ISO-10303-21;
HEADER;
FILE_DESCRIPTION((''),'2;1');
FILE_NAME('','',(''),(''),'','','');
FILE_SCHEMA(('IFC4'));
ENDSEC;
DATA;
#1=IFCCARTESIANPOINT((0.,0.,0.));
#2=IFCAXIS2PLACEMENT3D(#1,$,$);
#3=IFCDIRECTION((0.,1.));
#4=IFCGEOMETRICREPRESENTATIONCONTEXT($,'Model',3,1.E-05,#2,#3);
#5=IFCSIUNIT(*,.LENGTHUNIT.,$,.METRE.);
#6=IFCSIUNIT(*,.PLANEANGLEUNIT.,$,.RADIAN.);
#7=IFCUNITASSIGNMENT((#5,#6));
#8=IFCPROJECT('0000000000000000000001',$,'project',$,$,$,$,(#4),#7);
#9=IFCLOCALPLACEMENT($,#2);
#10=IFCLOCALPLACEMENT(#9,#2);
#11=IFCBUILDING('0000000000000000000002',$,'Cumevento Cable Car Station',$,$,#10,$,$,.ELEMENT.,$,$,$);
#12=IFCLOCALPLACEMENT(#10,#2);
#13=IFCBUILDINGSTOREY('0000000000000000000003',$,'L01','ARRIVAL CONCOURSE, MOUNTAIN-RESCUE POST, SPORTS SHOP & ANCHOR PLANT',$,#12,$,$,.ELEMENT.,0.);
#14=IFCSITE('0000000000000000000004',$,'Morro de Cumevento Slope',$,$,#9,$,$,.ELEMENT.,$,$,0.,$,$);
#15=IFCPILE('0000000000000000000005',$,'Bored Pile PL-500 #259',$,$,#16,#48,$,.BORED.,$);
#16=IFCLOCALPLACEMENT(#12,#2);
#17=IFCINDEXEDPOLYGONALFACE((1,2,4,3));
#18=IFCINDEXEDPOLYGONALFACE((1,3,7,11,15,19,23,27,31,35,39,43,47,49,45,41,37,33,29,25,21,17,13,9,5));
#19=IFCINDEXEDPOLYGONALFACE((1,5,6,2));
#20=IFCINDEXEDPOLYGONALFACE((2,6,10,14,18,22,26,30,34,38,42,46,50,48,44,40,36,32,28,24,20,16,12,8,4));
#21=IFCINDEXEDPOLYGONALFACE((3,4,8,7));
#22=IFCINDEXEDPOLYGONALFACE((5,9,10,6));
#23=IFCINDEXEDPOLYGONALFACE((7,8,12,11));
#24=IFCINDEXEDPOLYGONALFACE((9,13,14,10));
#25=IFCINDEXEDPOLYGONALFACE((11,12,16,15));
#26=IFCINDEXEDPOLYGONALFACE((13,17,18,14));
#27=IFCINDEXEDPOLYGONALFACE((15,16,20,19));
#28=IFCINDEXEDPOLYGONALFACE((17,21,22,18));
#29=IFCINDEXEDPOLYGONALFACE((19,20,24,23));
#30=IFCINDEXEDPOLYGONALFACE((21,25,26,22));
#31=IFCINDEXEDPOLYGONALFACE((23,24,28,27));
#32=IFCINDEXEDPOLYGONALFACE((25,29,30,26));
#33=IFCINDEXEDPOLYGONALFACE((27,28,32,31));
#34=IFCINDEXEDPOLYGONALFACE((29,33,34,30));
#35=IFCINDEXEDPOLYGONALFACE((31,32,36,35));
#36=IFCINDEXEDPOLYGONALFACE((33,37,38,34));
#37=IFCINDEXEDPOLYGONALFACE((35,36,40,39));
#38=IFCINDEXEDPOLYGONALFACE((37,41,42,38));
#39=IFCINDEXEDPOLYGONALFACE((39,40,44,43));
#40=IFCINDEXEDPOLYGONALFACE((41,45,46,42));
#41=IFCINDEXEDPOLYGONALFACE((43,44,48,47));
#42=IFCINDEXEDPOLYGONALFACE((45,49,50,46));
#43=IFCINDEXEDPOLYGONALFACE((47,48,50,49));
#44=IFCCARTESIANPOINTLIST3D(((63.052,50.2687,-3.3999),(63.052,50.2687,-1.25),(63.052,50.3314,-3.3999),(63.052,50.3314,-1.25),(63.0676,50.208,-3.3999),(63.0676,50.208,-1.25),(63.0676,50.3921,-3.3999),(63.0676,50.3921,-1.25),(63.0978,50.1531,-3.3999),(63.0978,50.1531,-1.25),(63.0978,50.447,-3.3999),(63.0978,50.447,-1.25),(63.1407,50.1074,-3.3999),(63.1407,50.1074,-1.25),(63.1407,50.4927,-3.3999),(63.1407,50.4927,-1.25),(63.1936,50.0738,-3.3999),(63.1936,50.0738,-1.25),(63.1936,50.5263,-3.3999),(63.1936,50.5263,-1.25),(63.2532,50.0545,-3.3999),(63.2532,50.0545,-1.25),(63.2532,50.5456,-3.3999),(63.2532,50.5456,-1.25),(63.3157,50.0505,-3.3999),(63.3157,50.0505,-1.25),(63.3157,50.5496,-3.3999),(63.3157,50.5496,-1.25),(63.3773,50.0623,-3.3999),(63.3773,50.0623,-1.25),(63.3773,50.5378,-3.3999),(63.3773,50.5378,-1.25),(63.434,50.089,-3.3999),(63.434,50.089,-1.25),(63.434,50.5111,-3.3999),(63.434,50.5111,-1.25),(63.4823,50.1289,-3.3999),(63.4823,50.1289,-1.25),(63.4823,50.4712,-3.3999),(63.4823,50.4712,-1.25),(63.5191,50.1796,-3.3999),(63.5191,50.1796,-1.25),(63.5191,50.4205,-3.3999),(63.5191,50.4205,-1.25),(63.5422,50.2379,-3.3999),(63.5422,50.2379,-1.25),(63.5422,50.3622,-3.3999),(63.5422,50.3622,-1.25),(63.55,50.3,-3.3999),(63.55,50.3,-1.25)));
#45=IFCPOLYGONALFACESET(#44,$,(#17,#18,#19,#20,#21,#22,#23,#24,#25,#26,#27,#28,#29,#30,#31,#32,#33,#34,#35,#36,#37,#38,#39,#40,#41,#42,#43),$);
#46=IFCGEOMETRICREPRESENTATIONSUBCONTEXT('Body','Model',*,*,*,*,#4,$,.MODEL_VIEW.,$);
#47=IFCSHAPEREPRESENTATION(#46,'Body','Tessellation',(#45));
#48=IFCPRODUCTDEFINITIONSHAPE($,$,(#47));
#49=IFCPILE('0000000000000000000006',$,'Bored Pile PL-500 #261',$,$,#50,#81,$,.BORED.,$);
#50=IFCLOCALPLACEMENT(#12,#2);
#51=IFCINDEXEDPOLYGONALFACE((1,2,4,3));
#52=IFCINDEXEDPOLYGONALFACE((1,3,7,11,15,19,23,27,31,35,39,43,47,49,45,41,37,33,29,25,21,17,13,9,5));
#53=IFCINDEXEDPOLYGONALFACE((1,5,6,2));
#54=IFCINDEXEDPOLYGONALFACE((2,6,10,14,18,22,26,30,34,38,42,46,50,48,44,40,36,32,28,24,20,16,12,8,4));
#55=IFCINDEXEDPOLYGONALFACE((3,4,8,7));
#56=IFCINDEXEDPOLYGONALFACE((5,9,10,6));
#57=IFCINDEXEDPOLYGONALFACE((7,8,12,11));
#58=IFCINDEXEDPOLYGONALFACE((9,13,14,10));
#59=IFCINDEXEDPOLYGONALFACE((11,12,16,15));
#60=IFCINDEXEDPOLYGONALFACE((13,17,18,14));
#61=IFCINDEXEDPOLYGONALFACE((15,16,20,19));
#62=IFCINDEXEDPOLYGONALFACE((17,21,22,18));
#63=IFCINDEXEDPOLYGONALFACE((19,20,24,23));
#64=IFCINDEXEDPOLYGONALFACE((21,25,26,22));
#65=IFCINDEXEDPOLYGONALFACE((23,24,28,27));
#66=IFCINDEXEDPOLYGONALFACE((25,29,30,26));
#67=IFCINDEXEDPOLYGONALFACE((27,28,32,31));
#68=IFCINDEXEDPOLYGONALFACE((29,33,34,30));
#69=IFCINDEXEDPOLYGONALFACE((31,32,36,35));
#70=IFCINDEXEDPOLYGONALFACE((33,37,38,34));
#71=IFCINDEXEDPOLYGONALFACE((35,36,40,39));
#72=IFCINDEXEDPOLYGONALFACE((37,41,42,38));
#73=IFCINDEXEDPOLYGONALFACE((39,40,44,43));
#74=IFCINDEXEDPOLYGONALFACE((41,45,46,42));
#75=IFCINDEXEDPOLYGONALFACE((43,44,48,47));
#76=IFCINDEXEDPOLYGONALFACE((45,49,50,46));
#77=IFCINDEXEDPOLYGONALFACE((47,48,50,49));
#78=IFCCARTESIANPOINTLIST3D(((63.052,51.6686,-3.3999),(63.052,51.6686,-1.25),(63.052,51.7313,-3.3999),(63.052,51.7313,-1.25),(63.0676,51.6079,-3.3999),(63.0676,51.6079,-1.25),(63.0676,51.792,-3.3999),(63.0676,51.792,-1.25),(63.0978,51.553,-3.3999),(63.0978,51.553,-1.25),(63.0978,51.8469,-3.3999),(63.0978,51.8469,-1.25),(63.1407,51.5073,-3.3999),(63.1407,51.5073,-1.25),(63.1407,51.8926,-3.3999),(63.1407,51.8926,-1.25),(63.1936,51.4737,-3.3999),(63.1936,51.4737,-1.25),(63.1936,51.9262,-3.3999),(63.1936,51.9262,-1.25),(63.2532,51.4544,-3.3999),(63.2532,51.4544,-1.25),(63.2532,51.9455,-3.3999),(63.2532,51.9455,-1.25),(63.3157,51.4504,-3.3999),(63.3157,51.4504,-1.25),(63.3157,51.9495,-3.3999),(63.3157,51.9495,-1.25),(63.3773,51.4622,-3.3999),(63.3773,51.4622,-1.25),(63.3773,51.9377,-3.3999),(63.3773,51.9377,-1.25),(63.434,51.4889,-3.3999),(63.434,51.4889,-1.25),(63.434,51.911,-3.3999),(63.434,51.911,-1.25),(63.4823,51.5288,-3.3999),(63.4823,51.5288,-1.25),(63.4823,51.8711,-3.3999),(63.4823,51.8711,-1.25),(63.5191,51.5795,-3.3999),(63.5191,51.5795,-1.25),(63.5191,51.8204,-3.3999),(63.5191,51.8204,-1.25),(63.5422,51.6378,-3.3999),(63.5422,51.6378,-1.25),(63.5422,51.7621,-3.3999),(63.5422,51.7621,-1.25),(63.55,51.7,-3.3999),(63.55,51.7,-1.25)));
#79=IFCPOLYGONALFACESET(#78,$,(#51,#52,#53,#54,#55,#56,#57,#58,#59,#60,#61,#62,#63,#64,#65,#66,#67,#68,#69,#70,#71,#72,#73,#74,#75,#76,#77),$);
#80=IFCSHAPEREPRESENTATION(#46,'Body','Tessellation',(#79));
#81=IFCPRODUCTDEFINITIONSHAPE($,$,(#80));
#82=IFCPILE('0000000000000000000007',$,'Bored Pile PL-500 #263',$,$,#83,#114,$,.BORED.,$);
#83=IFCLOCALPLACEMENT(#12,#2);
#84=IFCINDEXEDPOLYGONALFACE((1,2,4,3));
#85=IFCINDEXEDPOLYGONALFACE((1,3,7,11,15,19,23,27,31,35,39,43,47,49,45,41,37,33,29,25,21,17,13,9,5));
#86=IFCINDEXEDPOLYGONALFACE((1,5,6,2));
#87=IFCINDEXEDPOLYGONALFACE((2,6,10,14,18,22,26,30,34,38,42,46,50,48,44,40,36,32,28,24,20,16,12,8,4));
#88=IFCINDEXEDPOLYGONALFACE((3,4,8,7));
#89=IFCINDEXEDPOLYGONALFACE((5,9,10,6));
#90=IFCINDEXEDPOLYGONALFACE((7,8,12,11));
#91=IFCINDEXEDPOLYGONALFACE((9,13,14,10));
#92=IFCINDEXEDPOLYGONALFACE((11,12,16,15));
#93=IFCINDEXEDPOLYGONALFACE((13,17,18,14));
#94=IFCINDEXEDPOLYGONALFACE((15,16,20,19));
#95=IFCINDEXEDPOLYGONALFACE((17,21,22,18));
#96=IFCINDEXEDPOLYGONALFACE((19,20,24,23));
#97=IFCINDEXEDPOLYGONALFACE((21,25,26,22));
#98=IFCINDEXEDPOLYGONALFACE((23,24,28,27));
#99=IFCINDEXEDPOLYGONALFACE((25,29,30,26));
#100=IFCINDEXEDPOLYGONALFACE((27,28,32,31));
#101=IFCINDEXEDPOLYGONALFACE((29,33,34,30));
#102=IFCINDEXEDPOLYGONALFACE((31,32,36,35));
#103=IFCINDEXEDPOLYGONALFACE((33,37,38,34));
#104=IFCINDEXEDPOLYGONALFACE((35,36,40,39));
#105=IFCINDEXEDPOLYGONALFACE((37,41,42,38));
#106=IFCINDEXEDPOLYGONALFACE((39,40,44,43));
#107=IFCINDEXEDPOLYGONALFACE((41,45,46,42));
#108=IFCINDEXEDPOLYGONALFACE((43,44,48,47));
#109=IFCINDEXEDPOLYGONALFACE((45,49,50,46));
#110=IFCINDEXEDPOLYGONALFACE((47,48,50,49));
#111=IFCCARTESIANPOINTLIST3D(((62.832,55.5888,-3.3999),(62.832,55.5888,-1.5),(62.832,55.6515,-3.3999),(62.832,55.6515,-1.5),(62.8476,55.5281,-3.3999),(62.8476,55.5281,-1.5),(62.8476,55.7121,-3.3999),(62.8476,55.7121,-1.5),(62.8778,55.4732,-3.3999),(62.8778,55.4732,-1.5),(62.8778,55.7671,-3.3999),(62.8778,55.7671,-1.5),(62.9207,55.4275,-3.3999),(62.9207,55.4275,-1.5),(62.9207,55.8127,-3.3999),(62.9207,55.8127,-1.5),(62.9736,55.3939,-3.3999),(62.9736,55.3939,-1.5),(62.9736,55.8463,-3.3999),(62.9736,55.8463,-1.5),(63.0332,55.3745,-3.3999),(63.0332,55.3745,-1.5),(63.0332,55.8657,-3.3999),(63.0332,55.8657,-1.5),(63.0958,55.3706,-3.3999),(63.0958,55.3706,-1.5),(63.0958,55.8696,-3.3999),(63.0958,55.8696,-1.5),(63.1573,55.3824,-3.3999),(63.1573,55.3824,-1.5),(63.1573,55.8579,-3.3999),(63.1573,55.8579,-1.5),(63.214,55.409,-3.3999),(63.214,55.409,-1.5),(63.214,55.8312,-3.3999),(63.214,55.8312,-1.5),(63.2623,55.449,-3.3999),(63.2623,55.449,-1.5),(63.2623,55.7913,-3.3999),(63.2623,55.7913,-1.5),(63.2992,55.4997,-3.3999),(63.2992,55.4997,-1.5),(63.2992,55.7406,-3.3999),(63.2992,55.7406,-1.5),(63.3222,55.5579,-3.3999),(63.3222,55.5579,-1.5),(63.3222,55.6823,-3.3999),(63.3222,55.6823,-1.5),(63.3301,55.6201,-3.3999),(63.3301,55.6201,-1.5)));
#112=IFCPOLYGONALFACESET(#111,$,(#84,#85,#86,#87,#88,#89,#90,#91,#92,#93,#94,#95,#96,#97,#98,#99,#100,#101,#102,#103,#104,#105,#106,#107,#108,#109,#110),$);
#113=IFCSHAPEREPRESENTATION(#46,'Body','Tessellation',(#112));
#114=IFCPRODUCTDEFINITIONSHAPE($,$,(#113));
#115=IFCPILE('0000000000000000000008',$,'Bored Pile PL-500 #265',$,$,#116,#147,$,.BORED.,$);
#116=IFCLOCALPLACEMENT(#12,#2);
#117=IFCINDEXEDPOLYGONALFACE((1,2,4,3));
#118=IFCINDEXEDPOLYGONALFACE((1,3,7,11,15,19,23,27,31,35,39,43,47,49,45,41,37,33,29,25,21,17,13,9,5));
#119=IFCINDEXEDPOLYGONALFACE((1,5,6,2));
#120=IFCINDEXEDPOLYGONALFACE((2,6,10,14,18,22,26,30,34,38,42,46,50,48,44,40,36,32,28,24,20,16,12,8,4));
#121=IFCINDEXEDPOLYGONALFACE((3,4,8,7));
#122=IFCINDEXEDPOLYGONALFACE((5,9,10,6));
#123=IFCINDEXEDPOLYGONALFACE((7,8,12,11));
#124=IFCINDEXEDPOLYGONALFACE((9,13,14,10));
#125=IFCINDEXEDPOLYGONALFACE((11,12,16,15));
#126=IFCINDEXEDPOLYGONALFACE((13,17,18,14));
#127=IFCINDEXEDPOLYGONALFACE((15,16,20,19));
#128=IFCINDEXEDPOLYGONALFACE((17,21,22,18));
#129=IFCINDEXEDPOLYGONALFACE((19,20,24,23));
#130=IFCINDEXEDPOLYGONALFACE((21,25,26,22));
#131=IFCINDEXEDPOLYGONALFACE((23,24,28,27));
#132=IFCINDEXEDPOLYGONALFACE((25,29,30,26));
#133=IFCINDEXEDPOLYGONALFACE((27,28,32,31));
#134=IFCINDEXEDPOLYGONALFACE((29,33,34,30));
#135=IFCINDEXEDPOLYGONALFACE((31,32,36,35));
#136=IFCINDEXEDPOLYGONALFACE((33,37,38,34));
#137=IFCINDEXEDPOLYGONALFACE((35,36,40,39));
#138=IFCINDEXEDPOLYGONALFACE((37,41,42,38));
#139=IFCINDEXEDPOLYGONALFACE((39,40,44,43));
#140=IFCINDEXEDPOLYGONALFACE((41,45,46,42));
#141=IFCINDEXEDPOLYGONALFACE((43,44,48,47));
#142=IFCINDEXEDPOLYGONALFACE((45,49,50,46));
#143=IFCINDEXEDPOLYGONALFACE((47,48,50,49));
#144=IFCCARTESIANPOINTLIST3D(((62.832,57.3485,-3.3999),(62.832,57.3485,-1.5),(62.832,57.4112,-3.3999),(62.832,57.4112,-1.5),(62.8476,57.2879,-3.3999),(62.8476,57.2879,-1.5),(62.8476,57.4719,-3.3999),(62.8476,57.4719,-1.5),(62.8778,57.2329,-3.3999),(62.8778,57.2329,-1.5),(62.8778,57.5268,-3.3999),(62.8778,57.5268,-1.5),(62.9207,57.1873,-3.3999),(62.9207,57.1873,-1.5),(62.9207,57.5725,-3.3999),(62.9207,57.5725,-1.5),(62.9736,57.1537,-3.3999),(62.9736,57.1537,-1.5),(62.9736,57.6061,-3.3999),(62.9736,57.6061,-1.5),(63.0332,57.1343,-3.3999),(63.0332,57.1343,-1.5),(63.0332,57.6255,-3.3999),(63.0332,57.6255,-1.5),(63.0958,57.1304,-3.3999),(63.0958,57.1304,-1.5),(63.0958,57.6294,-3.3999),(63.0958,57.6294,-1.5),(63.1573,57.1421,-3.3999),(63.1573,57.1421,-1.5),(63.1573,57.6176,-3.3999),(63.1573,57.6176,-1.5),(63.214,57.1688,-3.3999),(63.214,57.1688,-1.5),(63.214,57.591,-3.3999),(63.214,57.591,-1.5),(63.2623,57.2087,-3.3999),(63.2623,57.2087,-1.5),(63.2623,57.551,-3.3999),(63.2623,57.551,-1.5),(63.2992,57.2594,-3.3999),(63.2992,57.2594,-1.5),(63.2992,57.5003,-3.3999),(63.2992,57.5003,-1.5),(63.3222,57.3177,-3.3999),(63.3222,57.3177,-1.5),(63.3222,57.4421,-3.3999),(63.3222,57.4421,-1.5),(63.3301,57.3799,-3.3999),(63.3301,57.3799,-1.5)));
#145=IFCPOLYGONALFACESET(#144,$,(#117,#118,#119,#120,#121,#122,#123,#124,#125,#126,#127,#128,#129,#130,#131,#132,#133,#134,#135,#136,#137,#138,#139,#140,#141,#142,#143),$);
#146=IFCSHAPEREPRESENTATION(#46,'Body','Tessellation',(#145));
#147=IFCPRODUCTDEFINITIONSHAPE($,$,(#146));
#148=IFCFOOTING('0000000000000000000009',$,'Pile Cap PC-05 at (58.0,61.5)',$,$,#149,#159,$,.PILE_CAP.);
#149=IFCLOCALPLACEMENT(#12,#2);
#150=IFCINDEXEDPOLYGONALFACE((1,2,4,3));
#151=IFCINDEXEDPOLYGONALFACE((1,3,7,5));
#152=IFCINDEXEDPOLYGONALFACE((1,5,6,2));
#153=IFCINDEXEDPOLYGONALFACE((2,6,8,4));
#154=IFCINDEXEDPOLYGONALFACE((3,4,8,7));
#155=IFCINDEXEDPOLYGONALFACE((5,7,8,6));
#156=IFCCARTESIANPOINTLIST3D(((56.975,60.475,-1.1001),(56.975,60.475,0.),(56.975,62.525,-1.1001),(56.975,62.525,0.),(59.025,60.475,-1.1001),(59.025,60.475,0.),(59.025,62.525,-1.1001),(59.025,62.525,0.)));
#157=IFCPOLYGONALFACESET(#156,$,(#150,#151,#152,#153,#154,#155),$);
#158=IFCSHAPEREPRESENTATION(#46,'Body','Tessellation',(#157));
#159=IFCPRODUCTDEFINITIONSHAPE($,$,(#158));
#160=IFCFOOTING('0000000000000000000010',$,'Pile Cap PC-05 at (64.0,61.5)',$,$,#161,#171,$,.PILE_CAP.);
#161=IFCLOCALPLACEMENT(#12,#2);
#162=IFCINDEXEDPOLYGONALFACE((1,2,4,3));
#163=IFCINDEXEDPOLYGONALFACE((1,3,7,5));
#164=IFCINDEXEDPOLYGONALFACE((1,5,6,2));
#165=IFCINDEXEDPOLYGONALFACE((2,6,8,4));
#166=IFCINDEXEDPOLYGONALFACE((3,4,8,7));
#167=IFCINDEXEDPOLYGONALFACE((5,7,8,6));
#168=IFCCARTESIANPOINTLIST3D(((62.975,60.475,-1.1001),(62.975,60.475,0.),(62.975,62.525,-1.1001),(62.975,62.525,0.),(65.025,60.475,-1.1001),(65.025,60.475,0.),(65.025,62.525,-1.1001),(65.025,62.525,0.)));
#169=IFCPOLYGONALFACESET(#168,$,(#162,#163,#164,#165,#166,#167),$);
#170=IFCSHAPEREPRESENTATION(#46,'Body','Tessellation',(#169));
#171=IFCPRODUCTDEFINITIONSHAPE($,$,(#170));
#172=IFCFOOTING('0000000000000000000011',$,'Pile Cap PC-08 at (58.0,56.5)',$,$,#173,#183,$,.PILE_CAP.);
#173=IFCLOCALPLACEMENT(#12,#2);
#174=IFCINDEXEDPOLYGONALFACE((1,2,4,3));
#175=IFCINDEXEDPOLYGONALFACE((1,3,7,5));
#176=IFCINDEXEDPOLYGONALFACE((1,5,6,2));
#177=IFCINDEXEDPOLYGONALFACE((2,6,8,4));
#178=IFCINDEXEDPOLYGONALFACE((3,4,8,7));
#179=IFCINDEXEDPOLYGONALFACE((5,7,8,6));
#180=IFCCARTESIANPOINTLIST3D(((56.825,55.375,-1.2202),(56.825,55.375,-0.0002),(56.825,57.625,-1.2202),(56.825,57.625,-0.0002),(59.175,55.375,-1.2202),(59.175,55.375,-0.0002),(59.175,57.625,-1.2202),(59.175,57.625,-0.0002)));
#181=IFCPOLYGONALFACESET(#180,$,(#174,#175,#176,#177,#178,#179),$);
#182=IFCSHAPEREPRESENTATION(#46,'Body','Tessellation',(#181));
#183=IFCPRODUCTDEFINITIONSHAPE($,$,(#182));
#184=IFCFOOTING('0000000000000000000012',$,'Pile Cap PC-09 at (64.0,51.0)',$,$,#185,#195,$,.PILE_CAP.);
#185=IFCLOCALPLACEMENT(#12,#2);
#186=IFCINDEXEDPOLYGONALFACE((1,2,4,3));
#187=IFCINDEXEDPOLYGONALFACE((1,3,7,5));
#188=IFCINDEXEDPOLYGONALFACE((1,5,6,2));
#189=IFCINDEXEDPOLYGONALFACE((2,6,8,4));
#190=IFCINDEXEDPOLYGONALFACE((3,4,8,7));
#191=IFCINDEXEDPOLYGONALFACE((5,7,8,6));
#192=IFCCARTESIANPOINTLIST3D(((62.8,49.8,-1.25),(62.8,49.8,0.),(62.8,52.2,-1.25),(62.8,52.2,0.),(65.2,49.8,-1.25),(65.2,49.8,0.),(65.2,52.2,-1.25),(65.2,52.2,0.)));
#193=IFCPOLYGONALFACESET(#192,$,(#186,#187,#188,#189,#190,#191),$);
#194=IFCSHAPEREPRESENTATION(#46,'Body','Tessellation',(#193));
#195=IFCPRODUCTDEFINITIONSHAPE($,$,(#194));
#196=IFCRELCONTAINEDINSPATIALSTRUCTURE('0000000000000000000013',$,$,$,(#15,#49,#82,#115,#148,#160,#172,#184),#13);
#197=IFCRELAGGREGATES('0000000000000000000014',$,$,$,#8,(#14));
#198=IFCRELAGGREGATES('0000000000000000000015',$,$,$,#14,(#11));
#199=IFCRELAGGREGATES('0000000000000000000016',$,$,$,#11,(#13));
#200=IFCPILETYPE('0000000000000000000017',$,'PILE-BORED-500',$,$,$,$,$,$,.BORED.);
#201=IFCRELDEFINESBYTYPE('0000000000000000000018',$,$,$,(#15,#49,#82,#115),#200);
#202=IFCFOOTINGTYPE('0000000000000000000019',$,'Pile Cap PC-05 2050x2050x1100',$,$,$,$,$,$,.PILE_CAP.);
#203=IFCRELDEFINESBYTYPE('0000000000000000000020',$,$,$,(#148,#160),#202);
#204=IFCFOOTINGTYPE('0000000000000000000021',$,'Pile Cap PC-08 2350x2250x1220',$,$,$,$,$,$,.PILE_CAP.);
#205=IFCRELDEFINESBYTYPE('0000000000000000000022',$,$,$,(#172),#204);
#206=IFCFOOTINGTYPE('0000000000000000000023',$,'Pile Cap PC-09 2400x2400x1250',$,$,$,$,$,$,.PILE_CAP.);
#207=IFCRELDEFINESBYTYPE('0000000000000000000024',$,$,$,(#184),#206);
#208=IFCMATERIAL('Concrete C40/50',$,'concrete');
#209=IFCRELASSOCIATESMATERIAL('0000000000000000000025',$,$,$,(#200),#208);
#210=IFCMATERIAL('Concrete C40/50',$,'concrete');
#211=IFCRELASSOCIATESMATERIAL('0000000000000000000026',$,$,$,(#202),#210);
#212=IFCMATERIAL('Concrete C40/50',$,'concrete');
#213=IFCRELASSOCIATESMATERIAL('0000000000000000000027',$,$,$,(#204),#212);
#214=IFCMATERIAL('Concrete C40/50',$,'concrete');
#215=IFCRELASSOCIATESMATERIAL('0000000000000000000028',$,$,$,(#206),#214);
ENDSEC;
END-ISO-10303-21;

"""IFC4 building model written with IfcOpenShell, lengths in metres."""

from ifc_helpers import new_model, si_unit, direction, frame, origin, origin_2d, place, context, subcontext, project, spatial, rectangle, circle, extrude, material, material_profile, profile_set, type_object, element, save


model = new_model("IFC4")

# Units and contexts
model_context = context("Model", 3, precision=1e-05, world=origin(), true_north=direction((0.0, 1.0)))
body_context = subcontext(model_context, "Body", "Model", "MODEL_VIEW")
ifc_project = project(units=[si_unit("LENGTHUNIT", "METRE"), si_unit("PLANEANGLEUNIT", "RADIAN")], contexts=[model_context])

# Site, building, storey
site_placement = place(None, origin())
site = spatial("IfcSite", under=ifc_project, at=site_placement, Name="Morro de Cumevento Slope", CompositionType="ELEMENT", RefElevation=0.0)
building_placement = place(site_placement, origin())
building = spatial("IfcBuilding", under=site, at=building_placement, Name="Cumevento Cable Car Station", CompositionType="ELEMENT")
storey_placement = place(building_placement, origin())
storey = spatial("IfcBuildingStorey", under=building, at=storey_placement, Name="L01", Description="ARRIVAL CONCOURSE, MOUNTAIN-RESCUE POST, SPORTS SHOP & ANCHOR PLANT", CompositionType="ELEMENT", Elevation=0.0)

# Piles
ifc_material_1 = material(Name="Concrete C40/50", Category="concrete")
ifc_material_profile_1 = material_profile(ifc_material_1, circle(Radius=0.25, at=origin_2d()), Name="PILE-D500")
ifc_profile_set_1 = profile_set([ifc_material_profile_1], Name="Concrete C40/50")
pile_type_1 = type_object("IfcPileType", Name="PILE-BORED-500", PredefinedType="BORED", material=ifc_profile_set_1)
for number, where, z_axis, x_axis, name in (
    (1, (63.3, 50.3, -1.25), (0.0, 0.0, -1.0), (1.0, 0.0, 0.0), "Bored Pile PL-500 #259"),
    (2, (63.3, 51.7, -1.25), (0.0, 0.0, -1.0), (1.0, 0.0, 0.0), "Bored Pile PL-500 #261"),
):
    element("IfcPile", number, at=place(storey_placement, frame(where, z_axis=z_axis, x_axis=x_axis)), inside=storey, type_object=pile_type_1, Name=name, PredefinedType="BORED", context=body_context, shape_type="SweptSolid", body=[
        extrude(circle(Radius=0.25, at=origin_2d()), origin(), (0.0, 0.0, 1.0), 2.1499),
    ])
for number, where, z_axis, x_axis, name in (
    (3, (63.0801, 55.6201, -1.5), (0.0, 0.0, -1.0), (1.0, 0.0, 0.0), "Bored Pile PL-500 #263"),
    (4, (63.0801, 57.3799, -1.5), (0.0, 0.0, -1.0), (1.0, 0.0, 0.0), "Bored Pile PL-500 #265"),
):
    element("IfcPile", number, at=place(storey_placement, frame(where, z_axis=z_axis, x_axis=x_axis)), inside=storey, type_object=pile_type_1, Name=name, PredefinedType="BORED", context=body_context, shape_type="SweptSolid", body=[
        extrude(circle(Radius=0.25, at=origin_2d()), origin(), (0.0, 0.0, 1.0), 1.8999),
    ])

# Footings
ifc_material_2 = material(Name="Concrete C40/50", Category="concrete")
footing_type_1 = type_object("IfcFootingType", Name="Pile Cap PC-05 2050x2050x1100", PredefinedType="PILE_CAP", material=ifc_material_2)
for number, where, z_axis, x_axis, name in (
    (5, (58.0, 61.5, -1.1001), (0.0, 0.0, 1.0), (1.0, 0.0, 0.0), "Pile Cap PC-05 at (58.0,61.5)"),
    (6, (64.0, 61.5, -1.1001), (0.0, 0.0, 1.0), (1.0, 0.0, 0.0), "Pile Cap PC-05 at (64.0,61.5)"),
):
    element("IfcFooting", number, at=place(storey_placement, frame(where, z_axis=z_axis, x_axis=x_axis)), inside=storey, type_object=footing_type_1, Name=name, PredefinedType="PILE_CAP", context=body_context, shape_type="SweptSolid", body=[
        extrude(rectangle(XDim=2.05, YDim=2.05, at=origin_2d()), origin(), (0.0, 0.0, 1.0), 1.1001),
    ])
ifc_material_3 = material(Name="Concrete C40/50", Category="concrete")
footing_type_2 = type_object("IfcFootingType", Name="Pile Cap PC-08 2350x2250x1220", PredefinedType="PILE_CAP", material=ifc_material_3)
footing_1_placement = place(storey_placement, frame((58.0, 56.5, -1.2202), z_axis=(0.0, 0.0, 1.0), x_axis=(1.0, 0.0, 0.0)))
element("IfcFooting", 7, at=footing_1_placement, inside=storey, type_object=footing_type_2, Name="Pile Cap PC-08 at (58.0,56.5)", PredefinedType="PILE_CAP", context=body_context, shape_type="SweptSolid", body=[
    extrude(rectangle(XDim=2.3501, YDim=2.25, at=origin_2d()), origin(), (0.0, 0.0, 1.0), 1.22),
])
ifc_material_4 = material(Name="Concrete C40/50", Category="concrete")
footing_type_3 = type_object("IfcFootingType", Name="Pile Cap PC-09 2400x2400x1250", PredefinedType="PILE_CAP", material=ifc_material_4)
footing_2_placement = place(storey_placement, frame((64.0, 51.0, -1.25), z_axis=(0.0, 0.0, 1.0), x_axis=(1.0, 0.0, 0.0)))
element("IfcFooting", 8, at=footing_2_placement, inside=storey, type_object=footing_type_3, Name="Pile Cap PC-09 at (64.0,51.0)", PredefinedType="PILE_CAP", context=body_context, shape_type="SweptSolid", body=[
    extrude(rectangle(XDim=2.3999, YDim=2.3999, at=origin_2d()), origin(), (0.0, 0.0, 1.0), 1.25),
])

save(model, "model.ifc")
